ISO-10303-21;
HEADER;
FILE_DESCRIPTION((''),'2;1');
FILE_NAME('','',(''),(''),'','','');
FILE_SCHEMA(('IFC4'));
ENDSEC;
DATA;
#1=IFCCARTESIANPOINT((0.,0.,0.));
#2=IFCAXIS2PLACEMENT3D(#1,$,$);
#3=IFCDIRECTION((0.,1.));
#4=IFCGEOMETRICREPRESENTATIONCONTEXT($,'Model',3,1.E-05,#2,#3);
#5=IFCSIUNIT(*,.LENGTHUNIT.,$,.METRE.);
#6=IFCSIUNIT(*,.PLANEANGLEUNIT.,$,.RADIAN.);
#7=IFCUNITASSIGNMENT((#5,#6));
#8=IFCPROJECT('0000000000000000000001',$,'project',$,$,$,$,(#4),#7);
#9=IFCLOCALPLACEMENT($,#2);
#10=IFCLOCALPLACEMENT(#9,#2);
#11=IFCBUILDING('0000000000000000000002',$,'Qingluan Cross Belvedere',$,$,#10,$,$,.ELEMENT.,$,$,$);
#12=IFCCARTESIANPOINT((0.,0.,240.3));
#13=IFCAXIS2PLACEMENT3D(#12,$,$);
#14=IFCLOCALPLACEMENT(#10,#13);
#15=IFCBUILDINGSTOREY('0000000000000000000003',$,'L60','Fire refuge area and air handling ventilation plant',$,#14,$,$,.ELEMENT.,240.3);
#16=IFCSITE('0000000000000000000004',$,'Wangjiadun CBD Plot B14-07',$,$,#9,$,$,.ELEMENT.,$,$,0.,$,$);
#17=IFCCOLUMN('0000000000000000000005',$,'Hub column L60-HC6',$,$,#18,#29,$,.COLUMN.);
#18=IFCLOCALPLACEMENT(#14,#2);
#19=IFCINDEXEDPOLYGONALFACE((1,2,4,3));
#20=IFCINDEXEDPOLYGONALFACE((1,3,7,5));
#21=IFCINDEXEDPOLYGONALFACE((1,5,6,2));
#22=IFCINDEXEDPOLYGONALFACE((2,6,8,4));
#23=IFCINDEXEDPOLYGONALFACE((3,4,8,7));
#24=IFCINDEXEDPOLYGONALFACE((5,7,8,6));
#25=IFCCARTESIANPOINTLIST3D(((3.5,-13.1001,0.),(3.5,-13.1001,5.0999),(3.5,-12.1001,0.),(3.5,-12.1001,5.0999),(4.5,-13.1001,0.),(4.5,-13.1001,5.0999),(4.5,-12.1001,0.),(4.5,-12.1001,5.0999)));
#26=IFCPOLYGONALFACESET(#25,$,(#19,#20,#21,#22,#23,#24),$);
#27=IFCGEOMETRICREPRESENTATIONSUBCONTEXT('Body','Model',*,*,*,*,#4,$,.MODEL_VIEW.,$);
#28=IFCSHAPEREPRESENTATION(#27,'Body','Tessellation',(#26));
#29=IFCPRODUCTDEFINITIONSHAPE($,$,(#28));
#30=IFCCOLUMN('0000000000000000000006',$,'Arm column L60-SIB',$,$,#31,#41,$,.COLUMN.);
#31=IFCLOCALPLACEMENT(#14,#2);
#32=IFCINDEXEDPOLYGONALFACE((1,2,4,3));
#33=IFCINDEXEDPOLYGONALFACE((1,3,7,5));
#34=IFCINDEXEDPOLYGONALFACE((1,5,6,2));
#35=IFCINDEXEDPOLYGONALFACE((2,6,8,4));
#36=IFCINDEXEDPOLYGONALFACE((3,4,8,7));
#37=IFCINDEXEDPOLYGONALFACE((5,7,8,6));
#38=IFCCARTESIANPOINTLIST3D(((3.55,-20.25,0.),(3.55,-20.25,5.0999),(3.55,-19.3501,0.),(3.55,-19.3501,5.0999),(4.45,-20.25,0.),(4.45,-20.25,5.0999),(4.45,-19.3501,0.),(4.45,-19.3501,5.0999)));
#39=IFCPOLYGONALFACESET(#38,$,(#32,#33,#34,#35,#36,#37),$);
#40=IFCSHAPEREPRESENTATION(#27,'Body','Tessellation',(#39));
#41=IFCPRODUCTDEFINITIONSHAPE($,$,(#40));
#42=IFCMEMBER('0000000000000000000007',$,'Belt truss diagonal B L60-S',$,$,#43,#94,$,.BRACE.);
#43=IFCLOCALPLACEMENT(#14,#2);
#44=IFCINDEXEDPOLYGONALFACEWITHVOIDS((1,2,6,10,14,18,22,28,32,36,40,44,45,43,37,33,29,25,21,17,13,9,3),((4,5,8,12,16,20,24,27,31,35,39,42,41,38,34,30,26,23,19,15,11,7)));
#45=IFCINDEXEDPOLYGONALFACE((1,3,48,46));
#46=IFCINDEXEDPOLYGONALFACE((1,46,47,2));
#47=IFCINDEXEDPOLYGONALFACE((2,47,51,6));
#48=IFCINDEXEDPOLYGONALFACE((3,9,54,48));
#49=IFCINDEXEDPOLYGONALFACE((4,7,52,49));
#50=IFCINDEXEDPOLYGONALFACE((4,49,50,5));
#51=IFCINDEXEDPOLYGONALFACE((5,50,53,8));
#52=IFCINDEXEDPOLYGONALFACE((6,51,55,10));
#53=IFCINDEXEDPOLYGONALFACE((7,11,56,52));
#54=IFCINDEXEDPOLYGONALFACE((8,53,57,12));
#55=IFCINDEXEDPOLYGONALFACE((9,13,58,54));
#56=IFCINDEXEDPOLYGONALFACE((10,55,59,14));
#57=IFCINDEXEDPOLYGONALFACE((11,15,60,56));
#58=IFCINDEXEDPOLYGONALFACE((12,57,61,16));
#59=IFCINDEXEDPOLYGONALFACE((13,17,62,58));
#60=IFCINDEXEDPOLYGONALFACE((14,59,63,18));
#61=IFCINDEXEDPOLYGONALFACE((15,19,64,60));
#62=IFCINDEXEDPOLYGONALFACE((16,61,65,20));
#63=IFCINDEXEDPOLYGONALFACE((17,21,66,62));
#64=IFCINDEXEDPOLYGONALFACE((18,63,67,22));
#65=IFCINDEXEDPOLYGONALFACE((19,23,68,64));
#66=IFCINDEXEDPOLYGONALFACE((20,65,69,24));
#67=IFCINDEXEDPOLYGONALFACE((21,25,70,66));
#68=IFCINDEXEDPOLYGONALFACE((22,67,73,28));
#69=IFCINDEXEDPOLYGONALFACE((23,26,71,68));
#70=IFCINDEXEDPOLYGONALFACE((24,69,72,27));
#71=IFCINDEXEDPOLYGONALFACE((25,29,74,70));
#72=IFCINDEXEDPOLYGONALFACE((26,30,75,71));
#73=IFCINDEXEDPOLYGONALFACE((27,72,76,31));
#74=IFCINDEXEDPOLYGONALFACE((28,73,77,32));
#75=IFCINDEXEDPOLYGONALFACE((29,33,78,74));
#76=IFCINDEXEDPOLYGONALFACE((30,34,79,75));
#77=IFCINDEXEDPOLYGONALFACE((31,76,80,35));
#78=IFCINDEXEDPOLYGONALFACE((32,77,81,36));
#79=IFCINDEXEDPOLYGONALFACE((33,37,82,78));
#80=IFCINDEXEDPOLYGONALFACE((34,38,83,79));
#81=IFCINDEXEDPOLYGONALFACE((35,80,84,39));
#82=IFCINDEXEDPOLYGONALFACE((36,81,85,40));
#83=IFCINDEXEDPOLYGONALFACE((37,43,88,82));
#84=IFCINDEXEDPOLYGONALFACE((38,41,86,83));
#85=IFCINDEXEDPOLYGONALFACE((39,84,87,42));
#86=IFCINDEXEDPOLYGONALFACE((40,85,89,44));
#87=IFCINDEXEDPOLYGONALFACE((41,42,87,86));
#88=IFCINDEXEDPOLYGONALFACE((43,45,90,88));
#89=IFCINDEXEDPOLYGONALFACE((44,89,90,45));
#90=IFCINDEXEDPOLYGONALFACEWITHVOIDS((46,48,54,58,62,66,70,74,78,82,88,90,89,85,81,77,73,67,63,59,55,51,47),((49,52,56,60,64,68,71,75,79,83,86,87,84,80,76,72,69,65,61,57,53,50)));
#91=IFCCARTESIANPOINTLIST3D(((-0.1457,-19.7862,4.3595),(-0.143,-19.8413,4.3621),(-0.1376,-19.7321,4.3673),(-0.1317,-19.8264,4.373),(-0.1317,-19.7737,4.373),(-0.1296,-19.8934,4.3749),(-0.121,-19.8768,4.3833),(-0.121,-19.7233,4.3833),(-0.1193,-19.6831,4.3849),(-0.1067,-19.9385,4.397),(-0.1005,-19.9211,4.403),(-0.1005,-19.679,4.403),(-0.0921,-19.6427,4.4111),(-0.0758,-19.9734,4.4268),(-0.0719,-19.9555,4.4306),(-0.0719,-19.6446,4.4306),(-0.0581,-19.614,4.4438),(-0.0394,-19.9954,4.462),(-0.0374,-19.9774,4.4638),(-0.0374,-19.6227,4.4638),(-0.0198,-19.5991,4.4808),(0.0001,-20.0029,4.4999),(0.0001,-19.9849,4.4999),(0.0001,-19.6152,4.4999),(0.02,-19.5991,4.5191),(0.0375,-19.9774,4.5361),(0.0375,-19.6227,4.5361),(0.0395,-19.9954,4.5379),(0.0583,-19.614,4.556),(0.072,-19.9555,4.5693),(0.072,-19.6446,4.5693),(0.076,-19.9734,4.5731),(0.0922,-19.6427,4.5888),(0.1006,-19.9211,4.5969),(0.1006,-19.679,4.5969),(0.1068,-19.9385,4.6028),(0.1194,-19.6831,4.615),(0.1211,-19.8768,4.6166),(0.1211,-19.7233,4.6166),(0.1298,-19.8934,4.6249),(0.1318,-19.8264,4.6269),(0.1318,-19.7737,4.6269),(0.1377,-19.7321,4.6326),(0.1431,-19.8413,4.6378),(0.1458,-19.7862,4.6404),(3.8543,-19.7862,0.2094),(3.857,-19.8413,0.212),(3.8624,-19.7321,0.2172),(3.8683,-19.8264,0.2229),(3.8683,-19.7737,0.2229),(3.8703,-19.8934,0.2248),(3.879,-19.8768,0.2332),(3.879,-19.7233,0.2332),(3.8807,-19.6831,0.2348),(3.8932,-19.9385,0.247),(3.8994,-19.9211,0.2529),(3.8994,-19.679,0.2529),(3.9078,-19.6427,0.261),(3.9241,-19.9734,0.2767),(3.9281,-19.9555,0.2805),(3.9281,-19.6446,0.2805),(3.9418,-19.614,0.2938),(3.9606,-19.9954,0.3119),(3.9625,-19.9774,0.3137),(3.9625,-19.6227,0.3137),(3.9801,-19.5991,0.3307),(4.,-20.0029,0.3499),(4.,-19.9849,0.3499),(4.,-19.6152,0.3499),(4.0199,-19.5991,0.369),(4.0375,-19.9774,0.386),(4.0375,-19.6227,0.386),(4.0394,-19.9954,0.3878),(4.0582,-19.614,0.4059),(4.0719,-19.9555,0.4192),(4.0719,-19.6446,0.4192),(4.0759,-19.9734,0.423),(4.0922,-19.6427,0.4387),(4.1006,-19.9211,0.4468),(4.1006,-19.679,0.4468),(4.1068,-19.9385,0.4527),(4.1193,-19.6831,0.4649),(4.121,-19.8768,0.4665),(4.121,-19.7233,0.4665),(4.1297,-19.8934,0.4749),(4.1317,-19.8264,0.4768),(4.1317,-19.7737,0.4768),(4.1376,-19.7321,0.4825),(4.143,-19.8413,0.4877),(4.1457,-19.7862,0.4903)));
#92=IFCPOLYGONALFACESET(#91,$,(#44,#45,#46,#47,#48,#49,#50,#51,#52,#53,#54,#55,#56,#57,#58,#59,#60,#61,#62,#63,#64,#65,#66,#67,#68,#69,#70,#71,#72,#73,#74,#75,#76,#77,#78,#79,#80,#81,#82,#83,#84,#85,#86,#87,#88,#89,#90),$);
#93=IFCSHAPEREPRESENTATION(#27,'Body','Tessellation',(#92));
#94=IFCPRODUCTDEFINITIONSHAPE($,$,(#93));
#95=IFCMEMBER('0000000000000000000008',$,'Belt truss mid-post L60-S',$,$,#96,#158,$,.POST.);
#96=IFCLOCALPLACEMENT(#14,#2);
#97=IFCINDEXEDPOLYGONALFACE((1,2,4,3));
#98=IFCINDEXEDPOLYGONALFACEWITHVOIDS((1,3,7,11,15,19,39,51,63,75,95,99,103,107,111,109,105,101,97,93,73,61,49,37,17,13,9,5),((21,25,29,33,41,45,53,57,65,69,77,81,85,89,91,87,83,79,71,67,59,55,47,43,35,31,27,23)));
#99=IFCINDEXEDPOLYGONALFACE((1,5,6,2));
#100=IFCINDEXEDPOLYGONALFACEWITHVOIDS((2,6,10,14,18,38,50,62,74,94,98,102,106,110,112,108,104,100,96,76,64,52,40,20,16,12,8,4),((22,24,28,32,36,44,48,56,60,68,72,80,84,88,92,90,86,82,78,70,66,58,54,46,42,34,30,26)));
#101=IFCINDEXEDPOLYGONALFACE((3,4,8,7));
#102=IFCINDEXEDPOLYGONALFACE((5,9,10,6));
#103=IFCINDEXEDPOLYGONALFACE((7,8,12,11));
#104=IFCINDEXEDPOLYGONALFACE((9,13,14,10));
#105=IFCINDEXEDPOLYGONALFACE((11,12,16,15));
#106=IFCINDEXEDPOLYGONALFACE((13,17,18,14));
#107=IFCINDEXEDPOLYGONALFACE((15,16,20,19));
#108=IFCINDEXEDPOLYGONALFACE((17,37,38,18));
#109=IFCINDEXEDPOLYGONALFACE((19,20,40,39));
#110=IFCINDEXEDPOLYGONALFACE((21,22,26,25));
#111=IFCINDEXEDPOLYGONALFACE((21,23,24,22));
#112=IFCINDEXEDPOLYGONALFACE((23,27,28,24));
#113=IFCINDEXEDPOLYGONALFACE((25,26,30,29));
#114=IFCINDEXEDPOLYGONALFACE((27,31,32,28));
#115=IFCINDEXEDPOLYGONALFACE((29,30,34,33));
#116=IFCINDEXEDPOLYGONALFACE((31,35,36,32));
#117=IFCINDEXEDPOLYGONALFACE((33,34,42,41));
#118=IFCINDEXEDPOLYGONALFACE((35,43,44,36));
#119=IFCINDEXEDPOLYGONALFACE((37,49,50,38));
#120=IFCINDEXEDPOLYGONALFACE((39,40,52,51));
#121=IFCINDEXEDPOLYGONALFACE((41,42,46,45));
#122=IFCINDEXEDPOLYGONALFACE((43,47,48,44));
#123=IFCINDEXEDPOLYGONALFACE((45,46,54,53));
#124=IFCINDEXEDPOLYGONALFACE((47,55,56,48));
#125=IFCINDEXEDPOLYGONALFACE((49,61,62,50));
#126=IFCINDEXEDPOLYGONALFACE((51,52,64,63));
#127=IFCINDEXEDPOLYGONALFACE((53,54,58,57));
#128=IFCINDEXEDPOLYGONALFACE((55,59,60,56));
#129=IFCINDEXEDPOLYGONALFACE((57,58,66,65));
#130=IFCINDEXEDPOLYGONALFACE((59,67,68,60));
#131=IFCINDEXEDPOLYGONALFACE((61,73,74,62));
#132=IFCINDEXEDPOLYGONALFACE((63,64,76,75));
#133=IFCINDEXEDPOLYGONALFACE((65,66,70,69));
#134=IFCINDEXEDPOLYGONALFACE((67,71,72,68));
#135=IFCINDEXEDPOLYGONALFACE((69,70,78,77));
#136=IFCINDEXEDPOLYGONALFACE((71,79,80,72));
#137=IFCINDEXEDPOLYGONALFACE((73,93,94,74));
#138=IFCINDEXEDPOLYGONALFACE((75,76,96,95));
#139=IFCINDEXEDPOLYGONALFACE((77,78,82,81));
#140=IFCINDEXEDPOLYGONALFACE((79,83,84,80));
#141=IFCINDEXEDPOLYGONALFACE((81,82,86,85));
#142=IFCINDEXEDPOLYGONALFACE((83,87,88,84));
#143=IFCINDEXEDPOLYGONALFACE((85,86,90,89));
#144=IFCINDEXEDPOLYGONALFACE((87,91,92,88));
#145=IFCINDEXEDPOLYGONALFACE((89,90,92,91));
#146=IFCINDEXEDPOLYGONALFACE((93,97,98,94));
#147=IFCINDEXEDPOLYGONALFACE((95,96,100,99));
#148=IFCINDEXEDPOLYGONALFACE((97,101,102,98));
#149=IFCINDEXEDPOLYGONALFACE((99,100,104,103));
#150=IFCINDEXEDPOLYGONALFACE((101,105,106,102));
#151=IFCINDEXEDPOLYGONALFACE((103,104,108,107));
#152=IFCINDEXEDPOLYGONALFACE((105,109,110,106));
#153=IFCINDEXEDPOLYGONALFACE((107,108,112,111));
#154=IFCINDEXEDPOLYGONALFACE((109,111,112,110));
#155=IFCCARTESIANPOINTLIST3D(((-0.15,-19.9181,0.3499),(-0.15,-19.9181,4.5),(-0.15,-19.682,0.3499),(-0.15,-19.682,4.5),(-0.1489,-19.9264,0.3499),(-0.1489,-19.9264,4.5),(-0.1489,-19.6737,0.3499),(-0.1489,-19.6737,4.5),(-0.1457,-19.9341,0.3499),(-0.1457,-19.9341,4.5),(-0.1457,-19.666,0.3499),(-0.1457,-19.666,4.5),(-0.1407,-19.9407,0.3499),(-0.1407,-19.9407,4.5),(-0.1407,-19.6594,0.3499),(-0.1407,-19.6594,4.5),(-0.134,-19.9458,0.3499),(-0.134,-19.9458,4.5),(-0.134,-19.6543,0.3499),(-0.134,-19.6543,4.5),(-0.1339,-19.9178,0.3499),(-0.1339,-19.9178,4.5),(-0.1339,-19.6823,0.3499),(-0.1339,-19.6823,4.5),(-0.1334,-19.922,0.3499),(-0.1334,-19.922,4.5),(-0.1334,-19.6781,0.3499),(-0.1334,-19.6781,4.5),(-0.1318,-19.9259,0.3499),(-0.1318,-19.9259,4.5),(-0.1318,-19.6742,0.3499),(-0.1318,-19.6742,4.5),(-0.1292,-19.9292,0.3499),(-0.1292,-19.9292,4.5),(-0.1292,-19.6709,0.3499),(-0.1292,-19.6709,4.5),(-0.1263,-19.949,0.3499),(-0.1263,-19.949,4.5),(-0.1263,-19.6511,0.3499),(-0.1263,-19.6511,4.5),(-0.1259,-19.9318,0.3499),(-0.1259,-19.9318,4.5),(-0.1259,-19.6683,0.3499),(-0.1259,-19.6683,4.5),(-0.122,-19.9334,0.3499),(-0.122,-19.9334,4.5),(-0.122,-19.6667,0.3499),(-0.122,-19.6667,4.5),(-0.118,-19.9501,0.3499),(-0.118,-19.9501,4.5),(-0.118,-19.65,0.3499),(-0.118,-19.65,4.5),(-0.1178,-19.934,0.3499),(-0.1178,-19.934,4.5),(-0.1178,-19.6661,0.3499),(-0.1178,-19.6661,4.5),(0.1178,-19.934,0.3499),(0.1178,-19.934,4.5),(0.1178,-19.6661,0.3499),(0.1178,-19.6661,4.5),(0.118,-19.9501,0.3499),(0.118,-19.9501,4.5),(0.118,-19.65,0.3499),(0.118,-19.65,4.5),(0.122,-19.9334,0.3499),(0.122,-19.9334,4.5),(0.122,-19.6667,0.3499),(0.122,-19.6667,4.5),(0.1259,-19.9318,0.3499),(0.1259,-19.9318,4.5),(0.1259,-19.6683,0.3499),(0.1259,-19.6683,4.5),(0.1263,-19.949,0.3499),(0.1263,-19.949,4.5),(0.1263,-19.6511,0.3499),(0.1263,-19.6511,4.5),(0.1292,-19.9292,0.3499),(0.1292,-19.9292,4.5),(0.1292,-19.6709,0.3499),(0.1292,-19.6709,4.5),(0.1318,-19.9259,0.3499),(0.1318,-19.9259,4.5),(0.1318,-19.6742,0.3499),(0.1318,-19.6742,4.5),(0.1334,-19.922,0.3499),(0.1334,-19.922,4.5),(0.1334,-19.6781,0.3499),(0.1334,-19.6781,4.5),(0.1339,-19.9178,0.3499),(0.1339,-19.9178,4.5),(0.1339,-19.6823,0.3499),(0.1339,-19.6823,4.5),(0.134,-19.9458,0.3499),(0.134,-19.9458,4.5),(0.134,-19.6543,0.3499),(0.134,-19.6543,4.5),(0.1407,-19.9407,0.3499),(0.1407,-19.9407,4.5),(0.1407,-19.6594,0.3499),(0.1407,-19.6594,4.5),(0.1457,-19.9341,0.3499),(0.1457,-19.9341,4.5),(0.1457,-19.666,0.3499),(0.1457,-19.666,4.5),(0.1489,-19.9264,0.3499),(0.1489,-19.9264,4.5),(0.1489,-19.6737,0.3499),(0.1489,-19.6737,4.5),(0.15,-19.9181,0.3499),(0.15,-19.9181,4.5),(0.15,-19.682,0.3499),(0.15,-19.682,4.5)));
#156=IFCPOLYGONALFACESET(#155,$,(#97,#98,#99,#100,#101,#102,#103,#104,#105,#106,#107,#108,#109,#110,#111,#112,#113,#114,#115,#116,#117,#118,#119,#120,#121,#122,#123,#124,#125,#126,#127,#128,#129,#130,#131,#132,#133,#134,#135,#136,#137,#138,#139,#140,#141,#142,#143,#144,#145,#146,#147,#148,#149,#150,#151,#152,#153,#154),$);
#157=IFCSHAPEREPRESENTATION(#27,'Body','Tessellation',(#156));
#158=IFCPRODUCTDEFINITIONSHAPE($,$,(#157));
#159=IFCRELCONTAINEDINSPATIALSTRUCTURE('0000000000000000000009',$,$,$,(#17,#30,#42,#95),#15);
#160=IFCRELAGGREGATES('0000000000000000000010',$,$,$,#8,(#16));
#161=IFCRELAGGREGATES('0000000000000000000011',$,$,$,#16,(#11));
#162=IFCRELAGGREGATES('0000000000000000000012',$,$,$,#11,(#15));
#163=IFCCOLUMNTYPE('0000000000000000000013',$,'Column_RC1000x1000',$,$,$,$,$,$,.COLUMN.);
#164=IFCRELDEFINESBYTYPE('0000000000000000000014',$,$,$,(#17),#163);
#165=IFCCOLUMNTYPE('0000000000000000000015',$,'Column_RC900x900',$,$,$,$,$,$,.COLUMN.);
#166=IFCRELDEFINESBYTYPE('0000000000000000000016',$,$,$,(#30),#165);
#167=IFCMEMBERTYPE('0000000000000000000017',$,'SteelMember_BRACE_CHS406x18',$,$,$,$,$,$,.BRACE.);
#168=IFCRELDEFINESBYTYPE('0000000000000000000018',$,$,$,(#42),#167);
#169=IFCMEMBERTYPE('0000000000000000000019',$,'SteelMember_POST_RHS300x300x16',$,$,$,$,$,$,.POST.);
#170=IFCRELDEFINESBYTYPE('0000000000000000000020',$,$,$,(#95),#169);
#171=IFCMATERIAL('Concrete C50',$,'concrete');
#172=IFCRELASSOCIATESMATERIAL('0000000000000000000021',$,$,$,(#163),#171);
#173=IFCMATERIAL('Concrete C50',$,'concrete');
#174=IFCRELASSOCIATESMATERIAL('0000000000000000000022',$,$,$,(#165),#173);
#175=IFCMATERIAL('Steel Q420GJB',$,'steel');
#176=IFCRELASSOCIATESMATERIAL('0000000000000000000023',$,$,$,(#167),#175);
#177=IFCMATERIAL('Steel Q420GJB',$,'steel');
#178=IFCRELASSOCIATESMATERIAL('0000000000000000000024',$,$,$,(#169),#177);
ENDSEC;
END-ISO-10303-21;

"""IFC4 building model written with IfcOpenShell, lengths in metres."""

from ifc_helpers import new_model, si_unit, direction, frame, origin, origin_2d, place, context, subcontext, project, spatial, rectangle, hollow_rectangle, hollow_circle, extrude, material, material_profile, profile_set, type_object, element, save


model = new_model("IFC4")

# Units and contexts
model_context = context("Model", 3, precision=1e-05, world=origin(), true_north=direction((0.0, 1.0)))
body_context = subcontext(model_context, "Body", "Model", "MODEL_VIEW")
ifc_project = project(units=[si_unit("LENGTHUNIT", "METRE"), si_unit("PLANEANGLEUNIT", "RADIAN")], contexts=[model_context])

# Site, building, storey
site_placement = place(None, origin())
site = spatial("IfcSite", under=ifc_project, at=site_placement, Name="Wangjiadun CBD Plot B14-07", CompositionType="ELEMENT", RefElevation=0.0)
building_placement = place(site_placement, origin())
building = spatial("IfcBuilding", under=site, at=building_placement, Name="Qingluan Cross Belvedere", CompositionType="ELEMENT")
storey_placement = place(building_placement, frame((0.0, 0.0, 240.3)))
storey = spatial("IfcBuildingStorey", under=building, at=storey_placement, Name="L60", Description="Fire refuge area and air handling ventilation plant", CompositionType="ELEMENT", Elevation=240.3)

# Columns
ifc_material_1 = material(Name="Concrete C50", Category="concrete")
ifc_material_profile_1 = material_profile(ifc_material_1, rectangle(XDim=1.0, YDim=1.0, at=origin_2d()), Name="RC1000x1000")
ifc_profile_set_1 = profile_set([ifc_material_profile_1], Name="Concrete C50")
column_type_1 = type_object("IfcColumnType", Name="Column_RC1000x1000", PredefinedType="COLUMN", material=ifc_profile_set_1)
column_1_placement = place(storey_placement, frame((4.0, -12.6001, 0.0), z_axis=(0.0, 0.0, 1.0), x_axis=(1.0, 0.0, 0.0)))
element("IfcColumn", 1, at=column_1_placement, inside=storey, type_object=column_type_1, Name="Hub column L60-HC6", PredefinedType="COLUMN", context=body_context, shape_type="SweptSolid", body=[
    extrude(rectangle(XDim=1.0, YDim=1.0, at=origin_2d()), origin(), (0.0, 0.0, 1.0), 5.0999),
])
ifc_material_2 = material(Name="Concrete C50", Category="concrete")
ifc_material_profile_2 = material_profile(ifc_material_2, rectangle(XDim=0.8999, YDim=0.8999, at=origin_2d()), Name="RC900x900")
ifc_profile_set_2 = profile_set([ifc_material_profile_2], Name="Concrete C50")
column_type_2 = type_object("IfcColumnType", Name="Column_RC900x900", PredefinedType="COLUMN", material=ifc_profile_set_2)
column_2_placement = place(storey_placement, frame((4.0, -19.8, 0.0), z_axis=(0.0, 0.0, 1.0), x_axis=(1.0, 0.0, 0.0)))
element("IfcColumn", 2, at=column_2_placement, inside=storey, type_object=column_type_2, Name="Arm column L60-SIB", PredefinedType="COLUMN", context=body_context, shape_type="SweptSolid", body=[
    extrude(rectangle(XDim=0.8999, YDim=0.8999, at=origin_2d()), origin(), (0.0, 0.0, 1.0), 5.0999),
])

# Members
ifc_material_3 = material(Name="Steel Q420GJB", Category="steel")
ifc_material_profile_3 = material_profile(ifc_material_3, hollow_circle(Radius=0.2029, WallThickness=0.0181, at=origin_2d()), Name="CHS406x18")
ifc_profile_set_3 = profile_set([ifc_material_profile_3], Name="Steel Q420GJB")
member_type_1 = type_object("IfcMemberType", Name="SteelMember_BRACE_CHS406x18", PredefinedType="BRACE", material=ifc_profile_set_3)
member_1_placement = place(storey_placement, frame((4.0, -19.8, 0.3499), z_axis=(-0.693962, 0.0, 0.720011), x_axis=(0.0, -1.0, 0.0)))
element("IfcMember", 3, at=member_1_placement, inside=storey, type_object=member_type_1, Name="Belt truss diagonal B L60-S", PredefinedType="BRACE", context=body_context, shape_type="SweptSolid", body=[
    extrude(hollow_circle(Radius=0.2029, WallThickness=0.0181, at=origin_2d()), origin(), (0.0, 0.0, 1.0), 5.7639),
])
ifc_material_4 = material(Name="Steel Q420GJB", Category="steel")
ifc_material_profile_4 = material_profile(ifc_material_4, hollow_rectangle(XDim=0.3, YDim=0.3, WallThickness=0.0161, InnerFilletRadius=0.0161, OuterFilletRadius=0.032, at=origin_2d()), Name="RHS300x300x16")
ifc_profile_set_4 = profile_set([ifc_material_profile_4], Name="Steel Q420GJB")
member_type_2 = type_object("IfcMemberType", Name="SteelMember_POST_RHS300x300x16", PredefinedType="POST", material=ifc_profile_set_4)
member_2_placement = place(storey_placement, frame((0.0, -19.8, 0.3499), z_axis=(0.0, 0.0, 1.0), x_axis=(1.0, 0.0, 0.0)))
element("IfcMember", 4, at=member_2_placement, inside=storey, type_object=member_type_2, Name="Belt truss mid-post L60-S", PredefinedType="POST", context=body_context, shape_type="SweptSolid", body=[
    extrude(hollow_rectangle(XDim=0.3, YDim=0.3, WallThickness=0.0161, InnerFilletRadius=0.0161, OuterFilletRadius=0.032, at=origin_2d()), origin(), (0.0, 0.0, 1.0), 4.1501),
])

save(model, "model.ifc")
